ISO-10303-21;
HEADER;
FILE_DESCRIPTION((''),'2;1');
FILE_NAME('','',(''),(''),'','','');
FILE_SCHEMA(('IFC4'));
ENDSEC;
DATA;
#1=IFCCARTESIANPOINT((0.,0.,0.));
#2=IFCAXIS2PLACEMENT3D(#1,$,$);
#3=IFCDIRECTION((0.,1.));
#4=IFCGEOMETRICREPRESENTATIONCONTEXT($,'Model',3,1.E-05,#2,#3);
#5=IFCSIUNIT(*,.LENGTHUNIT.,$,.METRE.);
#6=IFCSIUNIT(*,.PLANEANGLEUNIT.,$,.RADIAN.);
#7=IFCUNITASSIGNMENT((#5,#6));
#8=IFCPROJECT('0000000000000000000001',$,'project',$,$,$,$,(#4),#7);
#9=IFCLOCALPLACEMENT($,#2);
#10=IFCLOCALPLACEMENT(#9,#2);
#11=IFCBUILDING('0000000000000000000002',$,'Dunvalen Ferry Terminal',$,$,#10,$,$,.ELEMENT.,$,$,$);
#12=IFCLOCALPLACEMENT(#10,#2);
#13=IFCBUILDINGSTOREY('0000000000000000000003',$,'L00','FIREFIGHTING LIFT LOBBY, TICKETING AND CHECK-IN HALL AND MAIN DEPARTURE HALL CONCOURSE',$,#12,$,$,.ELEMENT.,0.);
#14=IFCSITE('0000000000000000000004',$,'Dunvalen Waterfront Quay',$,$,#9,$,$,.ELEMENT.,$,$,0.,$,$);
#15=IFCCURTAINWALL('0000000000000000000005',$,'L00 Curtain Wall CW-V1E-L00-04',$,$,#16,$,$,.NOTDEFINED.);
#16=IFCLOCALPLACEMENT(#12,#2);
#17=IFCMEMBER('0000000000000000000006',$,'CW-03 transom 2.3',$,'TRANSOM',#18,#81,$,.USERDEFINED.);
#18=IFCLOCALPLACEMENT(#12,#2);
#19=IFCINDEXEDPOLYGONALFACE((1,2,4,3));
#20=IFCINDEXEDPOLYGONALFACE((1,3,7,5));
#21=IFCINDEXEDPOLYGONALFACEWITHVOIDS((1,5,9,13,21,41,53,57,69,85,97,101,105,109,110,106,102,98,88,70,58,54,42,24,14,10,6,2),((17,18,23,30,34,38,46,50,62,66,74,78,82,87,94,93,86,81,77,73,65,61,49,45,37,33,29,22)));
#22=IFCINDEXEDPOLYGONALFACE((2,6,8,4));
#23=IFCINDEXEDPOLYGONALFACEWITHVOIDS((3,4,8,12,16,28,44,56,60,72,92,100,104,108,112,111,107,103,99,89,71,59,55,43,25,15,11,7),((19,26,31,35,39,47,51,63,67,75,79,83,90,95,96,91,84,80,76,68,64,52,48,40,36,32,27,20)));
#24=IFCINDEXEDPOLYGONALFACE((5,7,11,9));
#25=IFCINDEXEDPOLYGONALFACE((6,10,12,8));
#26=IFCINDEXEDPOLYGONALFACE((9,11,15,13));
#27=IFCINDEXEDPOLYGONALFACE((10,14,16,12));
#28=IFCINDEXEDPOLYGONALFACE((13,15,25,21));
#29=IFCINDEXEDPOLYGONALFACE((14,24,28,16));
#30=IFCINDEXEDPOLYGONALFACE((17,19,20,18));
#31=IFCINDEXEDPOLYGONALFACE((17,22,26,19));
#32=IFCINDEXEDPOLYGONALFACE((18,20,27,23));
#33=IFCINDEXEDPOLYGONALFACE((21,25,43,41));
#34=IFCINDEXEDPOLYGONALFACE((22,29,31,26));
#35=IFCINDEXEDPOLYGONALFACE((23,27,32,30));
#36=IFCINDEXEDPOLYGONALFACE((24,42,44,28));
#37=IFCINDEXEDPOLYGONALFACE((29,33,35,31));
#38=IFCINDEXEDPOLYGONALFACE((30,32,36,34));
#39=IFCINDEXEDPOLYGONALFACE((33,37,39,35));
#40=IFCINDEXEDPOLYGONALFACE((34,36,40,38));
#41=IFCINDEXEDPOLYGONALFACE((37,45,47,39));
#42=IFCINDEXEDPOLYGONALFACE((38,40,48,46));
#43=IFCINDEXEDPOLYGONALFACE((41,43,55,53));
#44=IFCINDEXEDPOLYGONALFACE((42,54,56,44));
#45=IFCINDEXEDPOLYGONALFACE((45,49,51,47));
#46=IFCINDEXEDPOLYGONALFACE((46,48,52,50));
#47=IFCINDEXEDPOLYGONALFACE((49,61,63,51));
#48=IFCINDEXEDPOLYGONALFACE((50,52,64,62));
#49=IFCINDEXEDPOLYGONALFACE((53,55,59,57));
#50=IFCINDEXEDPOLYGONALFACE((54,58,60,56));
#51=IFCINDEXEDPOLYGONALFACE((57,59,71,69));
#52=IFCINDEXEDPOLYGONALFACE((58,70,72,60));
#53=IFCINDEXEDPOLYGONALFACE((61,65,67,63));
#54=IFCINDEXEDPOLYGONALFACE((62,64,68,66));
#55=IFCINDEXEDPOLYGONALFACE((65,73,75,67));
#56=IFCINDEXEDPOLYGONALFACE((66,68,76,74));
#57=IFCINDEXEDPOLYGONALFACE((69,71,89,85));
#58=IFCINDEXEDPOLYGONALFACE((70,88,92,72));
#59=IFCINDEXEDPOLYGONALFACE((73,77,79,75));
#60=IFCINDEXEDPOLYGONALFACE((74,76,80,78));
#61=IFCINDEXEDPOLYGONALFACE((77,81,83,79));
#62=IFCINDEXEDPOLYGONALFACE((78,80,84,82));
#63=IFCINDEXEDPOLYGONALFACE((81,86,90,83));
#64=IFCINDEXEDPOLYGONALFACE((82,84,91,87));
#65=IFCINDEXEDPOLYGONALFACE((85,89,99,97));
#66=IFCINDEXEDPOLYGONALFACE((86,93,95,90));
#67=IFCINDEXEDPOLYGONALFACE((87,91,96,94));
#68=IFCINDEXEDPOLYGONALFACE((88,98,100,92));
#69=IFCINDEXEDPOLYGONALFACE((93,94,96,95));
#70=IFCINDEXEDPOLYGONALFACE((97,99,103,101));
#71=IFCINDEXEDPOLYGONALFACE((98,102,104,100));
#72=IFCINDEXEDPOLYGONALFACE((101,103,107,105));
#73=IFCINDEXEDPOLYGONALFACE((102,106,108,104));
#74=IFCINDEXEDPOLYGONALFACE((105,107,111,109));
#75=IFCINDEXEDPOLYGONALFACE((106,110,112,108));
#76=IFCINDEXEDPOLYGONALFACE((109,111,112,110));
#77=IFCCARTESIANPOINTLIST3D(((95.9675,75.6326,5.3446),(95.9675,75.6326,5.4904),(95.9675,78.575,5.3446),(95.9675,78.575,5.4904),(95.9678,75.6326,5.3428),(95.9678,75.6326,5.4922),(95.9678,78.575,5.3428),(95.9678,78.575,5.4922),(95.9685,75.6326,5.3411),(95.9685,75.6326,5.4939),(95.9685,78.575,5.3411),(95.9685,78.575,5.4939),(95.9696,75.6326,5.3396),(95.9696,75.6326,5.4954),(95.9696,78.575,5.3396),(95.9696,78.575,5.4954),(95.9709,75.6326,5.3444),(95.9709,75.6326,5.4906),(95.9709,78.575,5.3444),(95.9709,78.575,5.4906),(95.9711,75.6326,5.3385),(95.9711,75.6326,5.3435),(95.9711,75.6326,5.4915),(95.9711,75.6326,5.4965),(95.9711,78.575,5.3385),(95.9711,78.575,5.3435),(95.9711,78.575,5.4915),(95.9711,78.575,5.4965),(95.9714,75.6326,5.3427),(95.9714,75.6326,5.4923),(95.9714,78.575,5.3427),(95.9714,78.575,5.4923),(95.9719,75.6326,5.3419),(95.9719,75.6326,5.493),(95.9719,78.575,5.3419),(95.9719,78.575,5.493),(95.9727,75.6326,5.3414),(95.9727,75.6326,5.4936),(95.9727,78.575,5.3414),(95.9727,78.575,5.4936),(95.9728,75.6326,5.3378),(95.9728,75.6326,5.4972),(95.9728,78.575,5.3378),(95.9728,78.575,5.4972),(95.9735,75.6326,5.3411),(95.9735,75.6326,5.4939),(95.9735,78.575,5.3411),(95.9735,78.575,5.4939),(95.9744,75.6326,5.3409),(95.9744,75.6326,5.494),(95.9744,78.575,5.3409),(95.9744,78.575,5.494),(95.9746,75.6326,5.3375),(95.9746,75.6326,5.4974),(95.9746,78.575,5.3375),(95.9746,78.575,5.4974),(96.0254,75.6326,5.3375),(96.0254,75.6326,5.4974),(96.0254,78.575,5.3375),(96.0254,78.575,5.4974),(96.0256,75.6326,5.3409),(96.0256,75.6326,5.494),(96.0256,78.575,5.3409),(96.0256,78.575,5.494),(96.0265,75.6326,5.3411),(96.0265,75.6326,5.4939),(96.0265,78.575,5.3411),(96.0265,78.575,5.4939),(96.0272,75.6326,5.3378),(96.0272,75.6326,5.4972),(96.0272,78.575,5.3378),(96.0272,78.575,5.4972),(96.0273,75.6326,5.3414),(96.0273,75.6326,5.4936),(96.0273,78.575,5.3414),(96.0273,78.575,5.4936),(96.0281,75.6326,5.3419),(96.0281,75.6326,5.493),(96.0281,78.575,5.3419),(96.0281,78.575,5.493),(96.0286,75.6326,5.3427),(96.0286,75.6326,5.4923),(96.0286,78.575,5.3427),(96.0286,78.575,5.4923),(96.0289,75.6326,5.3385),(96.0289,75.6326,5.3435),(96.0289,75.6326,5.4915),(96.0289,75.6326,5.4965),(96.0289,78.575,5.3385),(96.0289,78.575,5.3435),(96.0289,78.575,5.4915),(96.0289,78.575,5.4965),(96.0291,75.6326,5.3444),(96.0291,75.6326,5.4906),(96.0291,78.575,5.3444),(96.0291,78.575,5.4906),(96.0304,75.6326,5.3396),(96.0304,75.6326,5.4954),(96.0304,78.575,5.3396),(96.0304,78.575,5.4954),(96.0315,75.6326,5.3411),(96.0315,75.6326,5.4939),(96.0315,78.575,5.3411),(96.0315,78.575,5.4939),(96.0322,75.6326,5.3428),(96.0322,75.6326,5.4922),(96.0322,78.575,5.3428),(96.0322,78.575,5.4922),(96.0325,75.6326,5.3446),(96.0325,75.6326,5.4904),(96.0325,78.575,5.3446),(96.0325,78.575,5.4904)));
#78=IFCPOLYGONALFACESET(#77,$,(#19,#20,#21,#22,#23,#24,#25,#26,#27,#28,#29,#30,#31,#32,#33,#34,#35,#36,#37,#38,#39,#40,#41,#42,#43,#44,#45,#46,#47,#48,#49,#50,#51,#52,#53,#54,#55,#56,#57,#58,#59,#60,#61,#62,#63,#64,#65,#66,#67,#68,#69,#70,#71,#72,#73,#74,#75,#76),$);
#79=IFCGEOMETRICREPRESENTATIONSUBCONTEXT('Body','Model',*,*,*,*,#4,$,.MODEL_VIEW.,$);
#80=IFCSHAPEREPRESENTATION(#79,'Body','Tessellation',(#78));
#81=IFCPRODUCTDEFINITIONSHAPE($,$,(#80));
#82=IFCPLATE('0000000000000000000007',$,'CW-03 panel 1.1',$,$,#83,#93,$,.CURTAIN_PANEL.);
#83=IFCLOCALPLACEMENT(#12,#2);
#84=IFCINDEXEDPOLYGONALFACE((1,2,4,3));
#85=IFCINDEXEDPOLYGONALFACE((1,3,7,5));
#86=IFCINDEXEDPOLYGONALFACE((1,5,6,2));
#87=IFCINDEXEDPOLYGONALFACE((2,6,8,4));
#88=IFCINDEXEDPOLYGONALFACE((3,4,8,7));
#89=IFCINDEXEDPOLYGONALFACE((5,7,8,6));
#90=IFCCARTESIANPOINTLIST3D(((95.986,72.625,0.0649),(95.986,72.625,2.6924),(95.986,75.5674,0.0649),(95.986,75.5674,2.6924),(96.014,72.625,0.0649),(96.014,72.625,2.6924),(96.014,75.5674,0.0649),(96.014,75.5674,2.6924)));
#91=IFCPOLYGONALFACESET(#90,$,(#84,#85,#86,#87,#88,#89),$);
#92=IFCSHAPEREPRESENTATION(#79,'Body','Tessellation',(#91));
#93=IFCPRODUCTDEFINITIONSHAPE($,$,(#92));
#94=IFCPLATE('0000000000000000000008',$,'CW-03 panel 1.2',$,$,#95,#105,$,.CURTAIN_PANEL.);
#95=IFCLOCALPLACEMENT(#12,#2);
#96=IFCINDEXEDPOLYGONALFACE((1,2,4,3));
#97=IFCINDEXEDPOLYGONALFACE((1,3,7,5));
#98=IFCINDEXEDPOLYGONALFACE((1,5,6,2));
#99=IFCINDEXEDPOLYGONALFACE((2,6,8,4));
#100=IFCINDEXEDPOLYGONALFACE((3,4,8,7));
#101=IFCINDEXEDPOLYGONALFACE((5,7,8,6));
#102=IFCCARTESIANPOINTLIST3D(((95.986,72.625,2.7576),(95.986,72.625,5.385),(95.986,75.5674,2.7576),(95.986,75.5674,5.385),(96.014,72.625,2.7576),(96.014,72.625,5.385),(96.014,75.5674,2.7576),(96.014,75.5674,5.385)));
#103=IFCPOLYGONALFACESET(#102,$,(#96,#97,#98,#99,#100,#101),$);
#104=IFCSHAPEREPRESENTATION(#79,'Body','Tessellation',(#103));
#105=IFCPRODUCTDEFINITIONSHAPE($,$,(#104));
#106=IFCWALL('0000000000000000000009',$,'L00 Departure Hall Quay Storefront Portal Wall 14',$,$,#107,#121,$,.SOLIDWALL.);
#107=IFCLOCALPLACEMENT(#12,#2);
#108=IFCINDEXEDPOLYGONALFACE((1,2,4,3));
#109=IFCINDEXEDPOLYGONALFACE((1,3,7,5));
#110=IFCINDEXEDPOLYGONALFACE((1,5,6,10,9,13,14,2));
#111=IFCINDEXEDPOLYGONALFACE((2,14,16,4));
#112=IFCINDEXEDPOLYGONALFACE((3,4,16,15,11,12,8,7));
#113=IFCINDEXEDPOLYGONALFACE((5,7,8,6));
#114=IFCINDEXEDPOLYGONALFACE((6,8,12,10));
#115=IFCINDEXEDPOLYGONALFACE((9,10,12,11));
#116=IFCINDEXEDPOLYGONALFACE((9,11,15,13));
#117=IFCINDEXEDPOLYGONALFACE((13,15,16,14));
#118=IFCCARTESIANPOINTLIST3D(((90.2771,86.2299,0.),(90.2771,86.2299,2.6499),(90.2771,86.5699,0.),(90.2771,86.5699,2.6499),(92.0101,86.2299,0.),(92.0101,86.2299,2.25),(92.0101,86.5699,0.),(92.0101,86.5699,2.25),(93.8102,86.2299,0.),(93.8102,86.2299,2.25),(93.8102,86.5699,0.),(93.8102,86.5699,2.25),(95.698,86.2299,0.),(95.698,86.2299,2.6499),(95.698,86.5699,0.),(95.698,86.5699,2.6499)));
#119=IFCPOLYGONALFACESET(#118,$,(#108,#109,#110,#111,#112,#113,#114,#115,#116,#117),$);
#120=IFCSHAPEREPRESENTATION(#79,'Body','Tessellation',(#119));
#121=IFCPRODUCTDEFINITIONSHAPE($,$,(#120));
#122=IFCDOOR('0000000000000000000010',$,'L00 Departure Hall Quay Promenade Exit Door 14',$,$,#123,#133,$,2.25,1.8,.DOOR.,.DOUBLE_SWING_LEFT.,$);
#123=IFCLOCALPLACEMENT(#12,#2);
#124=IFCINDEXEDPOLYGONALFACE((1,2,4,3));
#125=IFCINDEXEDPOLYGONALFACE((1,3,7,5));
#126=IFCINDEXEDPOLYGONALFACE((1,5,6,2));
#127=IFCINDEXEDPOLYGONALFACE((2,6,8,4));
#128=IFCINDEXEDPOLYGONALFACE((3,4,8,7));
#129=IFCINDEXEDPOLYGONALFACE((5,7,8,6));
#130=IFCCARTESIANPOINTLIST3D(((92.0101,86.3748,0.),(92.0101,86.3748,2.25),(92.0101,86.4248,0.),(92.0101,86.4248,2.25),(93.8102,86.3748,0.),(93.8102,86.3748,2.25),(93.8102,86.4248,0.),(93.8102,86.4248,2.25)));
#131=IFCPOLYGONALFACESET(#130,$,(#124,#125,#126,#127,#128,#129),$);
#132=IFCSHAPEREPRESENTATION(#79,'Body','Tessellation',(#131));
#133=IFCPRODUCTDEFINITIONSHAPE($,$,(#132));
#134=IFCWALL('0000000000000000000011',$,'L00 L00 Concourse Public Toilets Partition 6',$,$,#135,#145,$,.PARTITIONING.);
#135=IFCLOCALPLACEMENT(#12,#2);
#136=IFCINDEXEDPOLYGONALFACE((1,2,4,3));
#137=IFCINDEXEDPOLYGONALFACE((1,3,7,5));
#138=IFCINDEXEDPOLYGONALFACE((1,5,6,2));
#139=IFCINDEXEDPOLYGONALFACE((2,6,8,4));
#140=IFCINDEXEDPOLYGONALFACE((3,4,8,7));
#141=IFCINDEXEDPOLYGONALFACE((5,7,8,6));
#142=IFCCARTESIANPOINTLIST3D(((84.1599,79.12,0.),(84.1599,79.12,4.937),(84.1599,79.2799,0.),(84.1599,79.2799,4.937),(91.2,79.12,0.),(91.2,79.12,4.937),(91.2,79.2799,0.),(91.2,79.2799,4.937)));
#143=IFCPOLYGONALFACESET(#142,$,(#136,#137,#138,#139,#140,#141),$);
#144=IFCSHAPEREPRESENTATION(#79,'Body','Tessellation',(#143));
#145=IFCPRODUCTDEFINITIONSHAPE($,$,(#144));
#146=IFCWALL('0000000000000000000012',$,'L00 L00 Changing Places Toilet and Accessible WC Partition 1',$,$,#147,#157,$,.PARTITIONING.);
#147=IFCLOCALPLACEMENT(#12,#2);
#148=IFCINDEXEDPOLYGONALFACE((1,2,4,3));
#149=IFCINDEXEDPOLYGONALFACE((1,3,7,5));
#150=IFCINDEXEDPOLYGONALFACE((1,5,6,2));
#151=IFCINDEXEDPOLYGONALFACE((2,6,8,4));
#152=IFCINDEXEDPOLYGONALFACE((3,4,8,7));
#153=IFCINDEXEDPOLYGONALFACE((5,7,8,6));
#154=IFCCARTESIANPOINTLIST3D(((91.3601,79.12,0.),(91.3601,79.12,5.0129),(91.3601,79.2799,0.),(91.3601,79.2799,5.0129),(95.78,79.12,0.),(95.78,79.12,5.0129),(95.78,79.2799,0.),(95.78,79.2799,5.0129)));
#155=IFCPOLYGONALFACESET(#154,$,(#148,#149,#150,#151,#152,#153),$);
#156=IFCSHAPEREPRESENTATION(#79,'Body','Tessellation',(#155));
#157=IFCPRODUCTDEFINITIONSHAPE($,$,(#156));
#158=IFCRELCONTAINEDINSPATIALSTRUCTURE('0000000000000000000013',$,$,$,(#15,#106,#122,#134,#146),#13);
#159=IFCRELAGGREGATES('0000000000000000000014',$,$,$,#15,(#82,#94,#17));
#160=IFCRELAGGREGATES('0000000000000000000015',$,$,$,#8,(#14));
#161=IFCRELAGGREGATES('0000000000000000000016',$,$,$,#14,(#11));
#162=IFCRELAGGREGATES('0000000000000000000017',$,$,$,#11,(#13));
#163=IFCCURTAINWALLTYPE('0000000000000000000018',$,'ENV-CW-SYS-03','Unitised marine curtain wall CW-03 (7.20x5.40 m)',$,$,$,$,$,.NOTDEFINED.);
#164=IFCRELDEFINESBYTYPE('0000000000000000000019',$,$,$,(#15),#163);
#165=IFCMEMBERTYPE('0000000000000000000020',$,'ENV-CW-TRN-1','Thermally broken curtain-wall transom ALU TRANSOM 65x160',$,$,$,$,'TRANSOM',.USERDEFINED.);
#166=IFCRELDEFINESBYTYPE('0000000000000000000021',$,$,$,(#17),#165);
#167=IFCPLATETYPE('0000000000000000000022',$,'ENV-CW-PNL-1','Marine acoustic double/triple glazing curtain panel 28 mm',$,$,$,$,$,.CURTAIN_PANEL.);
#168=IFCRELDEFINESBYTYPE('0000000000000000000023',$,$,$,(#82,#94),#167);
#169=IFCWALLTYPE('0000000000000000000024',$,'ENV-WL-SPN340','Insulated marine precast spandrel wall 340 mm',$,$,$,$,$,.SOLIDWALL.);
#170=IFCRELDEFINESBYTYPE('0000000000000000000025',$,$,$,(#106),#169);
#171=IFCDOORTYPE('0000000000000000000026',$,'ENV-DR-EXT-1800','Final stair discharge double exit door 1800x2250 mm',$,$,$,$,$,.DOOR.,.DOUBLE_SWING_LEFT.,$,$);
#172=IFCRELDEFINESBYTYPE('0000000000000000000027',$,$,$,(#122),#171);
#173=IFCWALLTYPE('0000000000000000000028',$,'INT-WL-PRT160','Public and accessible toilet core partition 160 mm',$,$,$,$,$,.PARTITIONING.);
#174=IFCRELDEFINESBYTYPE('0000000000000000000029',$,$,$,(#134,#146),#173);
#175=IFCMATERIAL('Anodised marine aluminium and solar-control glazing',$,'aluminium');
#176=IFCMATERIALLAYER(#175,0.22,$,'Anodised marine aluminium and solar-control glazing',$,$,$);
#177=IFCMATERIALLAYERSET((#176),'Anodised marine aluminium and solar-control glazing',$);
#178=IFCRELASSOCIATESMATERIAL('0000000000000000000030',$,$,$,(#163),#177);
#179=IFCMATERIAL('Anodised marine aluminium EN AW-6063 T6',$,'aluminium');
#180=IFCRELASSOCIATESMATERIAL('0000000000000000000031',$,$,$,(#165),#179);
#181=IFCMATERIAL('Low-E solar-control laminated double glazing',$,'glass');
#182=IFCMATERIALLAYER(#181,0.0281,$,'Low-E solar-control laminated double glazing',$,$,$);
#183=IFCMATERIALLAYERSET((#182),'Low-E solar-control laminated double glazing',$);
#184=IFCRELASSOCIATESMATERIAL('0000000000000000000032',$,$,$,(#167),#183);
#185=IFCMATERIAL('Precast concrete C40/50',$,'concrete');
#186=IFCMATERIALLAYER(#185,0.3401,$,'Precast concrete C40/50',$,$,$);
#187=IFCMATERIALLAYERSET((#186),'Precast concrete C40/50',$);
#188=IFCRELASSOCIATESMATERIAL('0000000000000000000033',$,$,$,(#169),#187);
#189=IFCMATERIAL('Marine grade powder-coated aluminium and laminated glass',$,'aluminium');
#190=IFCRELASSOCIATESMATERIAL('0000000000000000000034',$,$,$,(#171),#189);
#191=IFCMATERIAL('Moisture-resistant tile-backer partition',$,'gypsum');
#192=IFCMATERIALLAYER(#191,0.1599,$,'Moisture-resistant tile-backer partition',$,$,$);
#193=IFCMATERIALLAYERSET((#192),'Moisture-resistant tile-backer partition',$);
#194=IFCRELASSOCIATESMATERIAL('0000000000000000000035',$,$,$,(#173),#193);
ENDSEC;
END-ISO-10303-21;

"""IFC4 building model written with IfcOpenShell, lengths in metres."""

from ifc_helpers import new_model, si_unit, direction, frame, frame_2d, origin, origin_2d, place, context, subcontext, project, spatial, rectangle, hollow_rectangle, extrude, material, layer, layer_set, material_profile, profile_set, type_object, element, fill, aggregate, save


model = new_model("IFC4")

# Units and contexts
model_context = context("Model", 3, precision=1e-05, world=origin(), true_north=direction((0.0, 1.0)))
body_context = subcontext(model_context, "Body", "Model", "MODEL_VIEW")
ifc_project = project(units=[si_unit("LENGTHUNIT", "METRE"), si_unit("PLANEANGLEUNIT", "RADIAN")], contexts=[model_context])

# Site, building, storey
site_placement = place(None, origin())
site = spatial("IfcSite", under=ifc_project, at=site_placement, Name="Dunvalen Waterfront Quay", CompositionType="ELEMENT", RefElevation=0.0)
building_placement = place(site_placement, origin())
building = spatial("IfcBuilding", under=site, at=building_placement, Name="Dunvalen Ferry Terminal", CompositionType="ELEMENT")
storey_placement = place(building_placement, origin())
storey = spatial("IfcBuildingStorey", under=building, at=storey_placement, Name="L00", Description="FIREFIGHTING LIFT LOBBY, TICKETING AND CHECK-IN HALL AND MAIN DEPARTURE HALL CONCOURSE", CompositionType="ELEMENT", Elevation=0.0)

# Curtain wall, member, plates
ifc_material_1 = material(Name="Anodised marine aluminium and solar-control glazing", Category="aluminium")
ifc_layer_1 = layer(ifc_material_1, 0.22, Name="Anodised marine aluminium and solar-control glazing")
ifc_layer_set_1 = layer_set([ifc_layer_1], Name="Anodised marine aluminium and solar-control glazing")
curtain_wall_type = type_object("IfcCurtainWallType", Name="ENV-CW-SYS-03", Description="Unitised marine curtain wall CW-03 (7.20x5.40 m)", PredefinedType="NOTDEFINED", material=ifc_layer_set_1)
curtain_wall_placement = place(storey_placement, origin())
curtain_wall = element("IfcCurtainWall", 1, at=curtain_wall_placement, inside=storey, type_object=curtain_wall_type, Name="L00 Curtain Wall CW-V1E-L00-04", PredefinedType="NOTDEFINED")
ifc_material_2 = material(Name="Anodised marine aluminium EN AW-6063 T6", Category="aluminium")
ifc_material_profile_1 = material_profile(ifc_material_2, hollow_rectangle(XDim=0.0649, YDim=0.1599, WallThickness=0.0034, InnerFilletRadius=0.0034, OuterFilletRadius=0.0071, at=origin_2d()), Name="Anodised marine aluminium EN AW-6063 T6")
ifc_profile_set_1 = profile_set([ifc_material_profile_1], Name="Anodised marine aluminium EN AW-6063 T6")
member_type_1 = type_object("IfcMemberType", Name="ENV-CW-TRN-1", Description="Thermally broken curtain-wall transom ALU TRANSOM 65x160", ElementType="TRANSOM", PredefinedType="USERDEFINED", material=ifc_profile_set_1)
member_1_placement = place(storey_placement, frame((96.0, 75.6326, 5.4175), z_axis=(0.0, 1.0, 0.0), x_axis=(-1.0, 0.0, 0.0)))
member_1 = element("IfcMember", 2, at=member_1_placement, type_object=member_type_1, Name="CW-03 transom 2.3", ObjectType="TRANSOM", PredefinedType="USERDEFINED", context=body_context, shape_type="SweptSolid", body=[
    extrude(hollow_rectangle(XDim=0.0649, YDim=0.1599, WallThickness=0.0034, InnerFilletRadius=0.0034, OuterFilletRadius=0.0071, at=origin_2d()), origin(), (0.0, 0.0, 1.0), 2.9424),
])
ifc_material_3 = material(Name="Low-E solar-control laminated double glazing", Category="glass")
ifc_layer_2 = layer(ifc_material_3, 0.0281, Name="Low-E solar-control laminated double glazing")
ifc_layer_set_2 = layer_set([ifc_layer_2], Name="Low-E solar-control laminated double glazing")
plate_type = type_object("IfcPlateType", Name="ENV-CW-PNL-1", Description="Marine acoustic double/triple glazing curtain panel 28 mm", PredefinedType="CURTAIN_PANEL", material=ifc_layer_set_2)
plate_1_placement = place(storey_placement, frame((96.0, 74.0962, 0.0649), z_axis=(0.0, 0.0, 1.0), x_axis=(0.0, 1.0, 0.0)))
plate_1 = element("IfcPlate", 3, at=plate_1_placement, type_object=plate_type, Name="CW-03 panel 1.1", PredefinedType="CURTAIN_PANEL", context=body_context, shape_type="SweptSolid", body=[
    extrude(rectangle(XDim=2.9424, YDim=0.0281, at=origin_2d()), origin(), (0.0, 0.0, 1.0), 2.6274),
])
plate_2_placement = place(storey_placement, frame((96.0, 74.0962, 2.7576), z_axis=(0.0, 0.0, 1.0), x_axis=(0.0, 1.0, 0.0)))
plate_2 = element("IfcPlate", 4, at=plate_2_placement, type_object=plate_type, Name="CW-03 panel 1.2", PredefinedType="CURTAIN_PANEL", context=body_context, shape_type="SweptSolid", body=[
    extrude(rectangle(XDim=2.9424, YDim=0.0281, at=origin_2d()), origin(), (0.0, 0.0, 1.0), 2.6274),
])
aggregate(curtain_wall, [plate_1, plate_2, member_1])

# Wall, opening, door
ifc_material_4 = material(Name="Precast concrete C40/50", Category="concrete")
ifc_layer_3 = layer(ifc_material_4, 0.3401, Name="Precast concrete C40/50")
ifc_layer_set_3 = layer_set([ifc_layer_3], Name="Precast concrete C40/50")
wall_type_1 = type_object("IfcWallType", Name="ENV-WL-SPN340", Description="Insulated marine precast spandrel wall 340 mm", PredefinedType="SOLIDWALL", material=ifc_layer_set_3)
wall_1_placement = place(storey_placement, frame((90.2771, 86.3999, 0.0), z_axis=(0.0, 0.0, 1.0), x_axis=(1.0, 0.0, 0.0)))
wall_1 = element("IfcWall", 5, at=wall_1_placement, inside=storey, type_object=wall_type_1, Name="L00 Departure Hall Quay Storefront Portal Wall 14", PredefinedType="SOLIDWALL", context=body_context, shape_type="SweptSolid", body=[
    extrude(rectangle(XDim=5.4209, YDim=0.3401, at=frame_2d((2.7104, 0.0))), origin(), (0.0, 0.0, 1.0), 2.6499),
])
opening_placement = place(wall_1_placement, frame((1.7332, 0.0, 0.0)))
opening = element("IfcOpeningElement", 6, at=opening_placement, cuts=wall_1, PredefinedType="OPENING", context=body_context, shape_type="SweptSolid", body=[
    extrude(rectangle(XDim=1.8, YDim=2.25, at=frame_2d((0.8999, 1.125))), frame((0.0, 0.1802, 0.0), z_axis=(0.0, -1.0, 0.0), x_axis=(1.0, 0.0, 0.0)), (0.0, 0.0, 1.0), 0.3601),
])
ifc_material_5 = material(Name="Marine grade powder-coated aluminium and laminated glass", Category="aluminium")
door_type = type_object("IfcDoorType", Name="ENV-DR-EXT-1800", Description="Final stair discharge double exit door 1800x2250 mm", OperationType="DOUBLE_SWING_LEFT", PredefinedType="DOOR", material=ifc_material_5)
door_placement = place(opening_placement, origin())
door = element("IfcDoor", 7, at=door_placement, inside=storey, type_object=door_type, Name="L00 Departure Hall Quay Promenade Exit Door 14", OperationType="DOUBLE_SWING_LEFT", OverallHeight=2.25, OverallWidth=1.8, PredefinedType="DOOR", context=body_context, shape_type="SweptSolid", body=[
    extrude(rectangle(XDim=1.8, YDim=2.25, at=frame_2d((0.8999, 1.125))), frame((0.0, 0.0249, 0.0), z_axis=(0.0, -1.0, 0.0), x_axis=(1.0, 0.0, 0.0)), (0.0, 0.0, 1.0), 0.05),
])
fill(opening, door)

# Walls
ifc_material_6 = material(Name="Moisture-resistant tile-backer partition", Category="gypsum")
ifc_layer_4 = layer(ifc_material_6, 0.1599, Name="Moisture-resistant tile-backer partition")
ifc_layer_set_4 = layer_set([ifc_layer_4], Name="Moisture-resistant tile-backer partition")
wall_type_2 = type_object("IfcWallType", Name="INT-WL-PRT160", Description="Public and accessible toilet core partition 160 mm", PredefinedType="PARTITIONING", material=ifc_layer_set_4)
wall_2_placement = place(storey_placement, frame((91.2, 79.2, 0.0), z_axis=(0.0, 0.0, 1.0), x_axis=(-1.0, 0.0, 0.0)))
element("IfcWall", 8, at=wall_2_placement, inside=storey, type_object=wall_type_2, Name="L00 L00 Concourse Public Toilets Partition 6", PredefinedType="PARTITIONING", context=body_context, shape_type="SweptSolid", body=[
    extrude(rectangle(XDim=7.04, YDim=0.1599, at=frame_2d((3.52, 0.0))), origin(), (0.0, 0.0, 1.0), 4.937),
])
wall_3_placement = place(storey_placement, frame((95.78, 79.2, 0.0), z_axis=(0.0, 0.0, 1.0), x_axis=(-1.0, 0.0, 0.0)))
element("IfcWall", 9, at=wall_3_placement, inside=storey, type_object=wall_type_2, Name="L00 L00 Changing Places Toilet and Accessible WC Partition 1", PredefinedType="PARTITIONING", context=body_context, shape_type="SweptSolid", body=[
    extrude(rectangle(XDim=4.4199, YDim=0.1599, at=frame_2d((2.21, 0.0))), origin(), (0.0, 0.0, 1.0), 5.0129),
])

save(model, "model.ifc")
